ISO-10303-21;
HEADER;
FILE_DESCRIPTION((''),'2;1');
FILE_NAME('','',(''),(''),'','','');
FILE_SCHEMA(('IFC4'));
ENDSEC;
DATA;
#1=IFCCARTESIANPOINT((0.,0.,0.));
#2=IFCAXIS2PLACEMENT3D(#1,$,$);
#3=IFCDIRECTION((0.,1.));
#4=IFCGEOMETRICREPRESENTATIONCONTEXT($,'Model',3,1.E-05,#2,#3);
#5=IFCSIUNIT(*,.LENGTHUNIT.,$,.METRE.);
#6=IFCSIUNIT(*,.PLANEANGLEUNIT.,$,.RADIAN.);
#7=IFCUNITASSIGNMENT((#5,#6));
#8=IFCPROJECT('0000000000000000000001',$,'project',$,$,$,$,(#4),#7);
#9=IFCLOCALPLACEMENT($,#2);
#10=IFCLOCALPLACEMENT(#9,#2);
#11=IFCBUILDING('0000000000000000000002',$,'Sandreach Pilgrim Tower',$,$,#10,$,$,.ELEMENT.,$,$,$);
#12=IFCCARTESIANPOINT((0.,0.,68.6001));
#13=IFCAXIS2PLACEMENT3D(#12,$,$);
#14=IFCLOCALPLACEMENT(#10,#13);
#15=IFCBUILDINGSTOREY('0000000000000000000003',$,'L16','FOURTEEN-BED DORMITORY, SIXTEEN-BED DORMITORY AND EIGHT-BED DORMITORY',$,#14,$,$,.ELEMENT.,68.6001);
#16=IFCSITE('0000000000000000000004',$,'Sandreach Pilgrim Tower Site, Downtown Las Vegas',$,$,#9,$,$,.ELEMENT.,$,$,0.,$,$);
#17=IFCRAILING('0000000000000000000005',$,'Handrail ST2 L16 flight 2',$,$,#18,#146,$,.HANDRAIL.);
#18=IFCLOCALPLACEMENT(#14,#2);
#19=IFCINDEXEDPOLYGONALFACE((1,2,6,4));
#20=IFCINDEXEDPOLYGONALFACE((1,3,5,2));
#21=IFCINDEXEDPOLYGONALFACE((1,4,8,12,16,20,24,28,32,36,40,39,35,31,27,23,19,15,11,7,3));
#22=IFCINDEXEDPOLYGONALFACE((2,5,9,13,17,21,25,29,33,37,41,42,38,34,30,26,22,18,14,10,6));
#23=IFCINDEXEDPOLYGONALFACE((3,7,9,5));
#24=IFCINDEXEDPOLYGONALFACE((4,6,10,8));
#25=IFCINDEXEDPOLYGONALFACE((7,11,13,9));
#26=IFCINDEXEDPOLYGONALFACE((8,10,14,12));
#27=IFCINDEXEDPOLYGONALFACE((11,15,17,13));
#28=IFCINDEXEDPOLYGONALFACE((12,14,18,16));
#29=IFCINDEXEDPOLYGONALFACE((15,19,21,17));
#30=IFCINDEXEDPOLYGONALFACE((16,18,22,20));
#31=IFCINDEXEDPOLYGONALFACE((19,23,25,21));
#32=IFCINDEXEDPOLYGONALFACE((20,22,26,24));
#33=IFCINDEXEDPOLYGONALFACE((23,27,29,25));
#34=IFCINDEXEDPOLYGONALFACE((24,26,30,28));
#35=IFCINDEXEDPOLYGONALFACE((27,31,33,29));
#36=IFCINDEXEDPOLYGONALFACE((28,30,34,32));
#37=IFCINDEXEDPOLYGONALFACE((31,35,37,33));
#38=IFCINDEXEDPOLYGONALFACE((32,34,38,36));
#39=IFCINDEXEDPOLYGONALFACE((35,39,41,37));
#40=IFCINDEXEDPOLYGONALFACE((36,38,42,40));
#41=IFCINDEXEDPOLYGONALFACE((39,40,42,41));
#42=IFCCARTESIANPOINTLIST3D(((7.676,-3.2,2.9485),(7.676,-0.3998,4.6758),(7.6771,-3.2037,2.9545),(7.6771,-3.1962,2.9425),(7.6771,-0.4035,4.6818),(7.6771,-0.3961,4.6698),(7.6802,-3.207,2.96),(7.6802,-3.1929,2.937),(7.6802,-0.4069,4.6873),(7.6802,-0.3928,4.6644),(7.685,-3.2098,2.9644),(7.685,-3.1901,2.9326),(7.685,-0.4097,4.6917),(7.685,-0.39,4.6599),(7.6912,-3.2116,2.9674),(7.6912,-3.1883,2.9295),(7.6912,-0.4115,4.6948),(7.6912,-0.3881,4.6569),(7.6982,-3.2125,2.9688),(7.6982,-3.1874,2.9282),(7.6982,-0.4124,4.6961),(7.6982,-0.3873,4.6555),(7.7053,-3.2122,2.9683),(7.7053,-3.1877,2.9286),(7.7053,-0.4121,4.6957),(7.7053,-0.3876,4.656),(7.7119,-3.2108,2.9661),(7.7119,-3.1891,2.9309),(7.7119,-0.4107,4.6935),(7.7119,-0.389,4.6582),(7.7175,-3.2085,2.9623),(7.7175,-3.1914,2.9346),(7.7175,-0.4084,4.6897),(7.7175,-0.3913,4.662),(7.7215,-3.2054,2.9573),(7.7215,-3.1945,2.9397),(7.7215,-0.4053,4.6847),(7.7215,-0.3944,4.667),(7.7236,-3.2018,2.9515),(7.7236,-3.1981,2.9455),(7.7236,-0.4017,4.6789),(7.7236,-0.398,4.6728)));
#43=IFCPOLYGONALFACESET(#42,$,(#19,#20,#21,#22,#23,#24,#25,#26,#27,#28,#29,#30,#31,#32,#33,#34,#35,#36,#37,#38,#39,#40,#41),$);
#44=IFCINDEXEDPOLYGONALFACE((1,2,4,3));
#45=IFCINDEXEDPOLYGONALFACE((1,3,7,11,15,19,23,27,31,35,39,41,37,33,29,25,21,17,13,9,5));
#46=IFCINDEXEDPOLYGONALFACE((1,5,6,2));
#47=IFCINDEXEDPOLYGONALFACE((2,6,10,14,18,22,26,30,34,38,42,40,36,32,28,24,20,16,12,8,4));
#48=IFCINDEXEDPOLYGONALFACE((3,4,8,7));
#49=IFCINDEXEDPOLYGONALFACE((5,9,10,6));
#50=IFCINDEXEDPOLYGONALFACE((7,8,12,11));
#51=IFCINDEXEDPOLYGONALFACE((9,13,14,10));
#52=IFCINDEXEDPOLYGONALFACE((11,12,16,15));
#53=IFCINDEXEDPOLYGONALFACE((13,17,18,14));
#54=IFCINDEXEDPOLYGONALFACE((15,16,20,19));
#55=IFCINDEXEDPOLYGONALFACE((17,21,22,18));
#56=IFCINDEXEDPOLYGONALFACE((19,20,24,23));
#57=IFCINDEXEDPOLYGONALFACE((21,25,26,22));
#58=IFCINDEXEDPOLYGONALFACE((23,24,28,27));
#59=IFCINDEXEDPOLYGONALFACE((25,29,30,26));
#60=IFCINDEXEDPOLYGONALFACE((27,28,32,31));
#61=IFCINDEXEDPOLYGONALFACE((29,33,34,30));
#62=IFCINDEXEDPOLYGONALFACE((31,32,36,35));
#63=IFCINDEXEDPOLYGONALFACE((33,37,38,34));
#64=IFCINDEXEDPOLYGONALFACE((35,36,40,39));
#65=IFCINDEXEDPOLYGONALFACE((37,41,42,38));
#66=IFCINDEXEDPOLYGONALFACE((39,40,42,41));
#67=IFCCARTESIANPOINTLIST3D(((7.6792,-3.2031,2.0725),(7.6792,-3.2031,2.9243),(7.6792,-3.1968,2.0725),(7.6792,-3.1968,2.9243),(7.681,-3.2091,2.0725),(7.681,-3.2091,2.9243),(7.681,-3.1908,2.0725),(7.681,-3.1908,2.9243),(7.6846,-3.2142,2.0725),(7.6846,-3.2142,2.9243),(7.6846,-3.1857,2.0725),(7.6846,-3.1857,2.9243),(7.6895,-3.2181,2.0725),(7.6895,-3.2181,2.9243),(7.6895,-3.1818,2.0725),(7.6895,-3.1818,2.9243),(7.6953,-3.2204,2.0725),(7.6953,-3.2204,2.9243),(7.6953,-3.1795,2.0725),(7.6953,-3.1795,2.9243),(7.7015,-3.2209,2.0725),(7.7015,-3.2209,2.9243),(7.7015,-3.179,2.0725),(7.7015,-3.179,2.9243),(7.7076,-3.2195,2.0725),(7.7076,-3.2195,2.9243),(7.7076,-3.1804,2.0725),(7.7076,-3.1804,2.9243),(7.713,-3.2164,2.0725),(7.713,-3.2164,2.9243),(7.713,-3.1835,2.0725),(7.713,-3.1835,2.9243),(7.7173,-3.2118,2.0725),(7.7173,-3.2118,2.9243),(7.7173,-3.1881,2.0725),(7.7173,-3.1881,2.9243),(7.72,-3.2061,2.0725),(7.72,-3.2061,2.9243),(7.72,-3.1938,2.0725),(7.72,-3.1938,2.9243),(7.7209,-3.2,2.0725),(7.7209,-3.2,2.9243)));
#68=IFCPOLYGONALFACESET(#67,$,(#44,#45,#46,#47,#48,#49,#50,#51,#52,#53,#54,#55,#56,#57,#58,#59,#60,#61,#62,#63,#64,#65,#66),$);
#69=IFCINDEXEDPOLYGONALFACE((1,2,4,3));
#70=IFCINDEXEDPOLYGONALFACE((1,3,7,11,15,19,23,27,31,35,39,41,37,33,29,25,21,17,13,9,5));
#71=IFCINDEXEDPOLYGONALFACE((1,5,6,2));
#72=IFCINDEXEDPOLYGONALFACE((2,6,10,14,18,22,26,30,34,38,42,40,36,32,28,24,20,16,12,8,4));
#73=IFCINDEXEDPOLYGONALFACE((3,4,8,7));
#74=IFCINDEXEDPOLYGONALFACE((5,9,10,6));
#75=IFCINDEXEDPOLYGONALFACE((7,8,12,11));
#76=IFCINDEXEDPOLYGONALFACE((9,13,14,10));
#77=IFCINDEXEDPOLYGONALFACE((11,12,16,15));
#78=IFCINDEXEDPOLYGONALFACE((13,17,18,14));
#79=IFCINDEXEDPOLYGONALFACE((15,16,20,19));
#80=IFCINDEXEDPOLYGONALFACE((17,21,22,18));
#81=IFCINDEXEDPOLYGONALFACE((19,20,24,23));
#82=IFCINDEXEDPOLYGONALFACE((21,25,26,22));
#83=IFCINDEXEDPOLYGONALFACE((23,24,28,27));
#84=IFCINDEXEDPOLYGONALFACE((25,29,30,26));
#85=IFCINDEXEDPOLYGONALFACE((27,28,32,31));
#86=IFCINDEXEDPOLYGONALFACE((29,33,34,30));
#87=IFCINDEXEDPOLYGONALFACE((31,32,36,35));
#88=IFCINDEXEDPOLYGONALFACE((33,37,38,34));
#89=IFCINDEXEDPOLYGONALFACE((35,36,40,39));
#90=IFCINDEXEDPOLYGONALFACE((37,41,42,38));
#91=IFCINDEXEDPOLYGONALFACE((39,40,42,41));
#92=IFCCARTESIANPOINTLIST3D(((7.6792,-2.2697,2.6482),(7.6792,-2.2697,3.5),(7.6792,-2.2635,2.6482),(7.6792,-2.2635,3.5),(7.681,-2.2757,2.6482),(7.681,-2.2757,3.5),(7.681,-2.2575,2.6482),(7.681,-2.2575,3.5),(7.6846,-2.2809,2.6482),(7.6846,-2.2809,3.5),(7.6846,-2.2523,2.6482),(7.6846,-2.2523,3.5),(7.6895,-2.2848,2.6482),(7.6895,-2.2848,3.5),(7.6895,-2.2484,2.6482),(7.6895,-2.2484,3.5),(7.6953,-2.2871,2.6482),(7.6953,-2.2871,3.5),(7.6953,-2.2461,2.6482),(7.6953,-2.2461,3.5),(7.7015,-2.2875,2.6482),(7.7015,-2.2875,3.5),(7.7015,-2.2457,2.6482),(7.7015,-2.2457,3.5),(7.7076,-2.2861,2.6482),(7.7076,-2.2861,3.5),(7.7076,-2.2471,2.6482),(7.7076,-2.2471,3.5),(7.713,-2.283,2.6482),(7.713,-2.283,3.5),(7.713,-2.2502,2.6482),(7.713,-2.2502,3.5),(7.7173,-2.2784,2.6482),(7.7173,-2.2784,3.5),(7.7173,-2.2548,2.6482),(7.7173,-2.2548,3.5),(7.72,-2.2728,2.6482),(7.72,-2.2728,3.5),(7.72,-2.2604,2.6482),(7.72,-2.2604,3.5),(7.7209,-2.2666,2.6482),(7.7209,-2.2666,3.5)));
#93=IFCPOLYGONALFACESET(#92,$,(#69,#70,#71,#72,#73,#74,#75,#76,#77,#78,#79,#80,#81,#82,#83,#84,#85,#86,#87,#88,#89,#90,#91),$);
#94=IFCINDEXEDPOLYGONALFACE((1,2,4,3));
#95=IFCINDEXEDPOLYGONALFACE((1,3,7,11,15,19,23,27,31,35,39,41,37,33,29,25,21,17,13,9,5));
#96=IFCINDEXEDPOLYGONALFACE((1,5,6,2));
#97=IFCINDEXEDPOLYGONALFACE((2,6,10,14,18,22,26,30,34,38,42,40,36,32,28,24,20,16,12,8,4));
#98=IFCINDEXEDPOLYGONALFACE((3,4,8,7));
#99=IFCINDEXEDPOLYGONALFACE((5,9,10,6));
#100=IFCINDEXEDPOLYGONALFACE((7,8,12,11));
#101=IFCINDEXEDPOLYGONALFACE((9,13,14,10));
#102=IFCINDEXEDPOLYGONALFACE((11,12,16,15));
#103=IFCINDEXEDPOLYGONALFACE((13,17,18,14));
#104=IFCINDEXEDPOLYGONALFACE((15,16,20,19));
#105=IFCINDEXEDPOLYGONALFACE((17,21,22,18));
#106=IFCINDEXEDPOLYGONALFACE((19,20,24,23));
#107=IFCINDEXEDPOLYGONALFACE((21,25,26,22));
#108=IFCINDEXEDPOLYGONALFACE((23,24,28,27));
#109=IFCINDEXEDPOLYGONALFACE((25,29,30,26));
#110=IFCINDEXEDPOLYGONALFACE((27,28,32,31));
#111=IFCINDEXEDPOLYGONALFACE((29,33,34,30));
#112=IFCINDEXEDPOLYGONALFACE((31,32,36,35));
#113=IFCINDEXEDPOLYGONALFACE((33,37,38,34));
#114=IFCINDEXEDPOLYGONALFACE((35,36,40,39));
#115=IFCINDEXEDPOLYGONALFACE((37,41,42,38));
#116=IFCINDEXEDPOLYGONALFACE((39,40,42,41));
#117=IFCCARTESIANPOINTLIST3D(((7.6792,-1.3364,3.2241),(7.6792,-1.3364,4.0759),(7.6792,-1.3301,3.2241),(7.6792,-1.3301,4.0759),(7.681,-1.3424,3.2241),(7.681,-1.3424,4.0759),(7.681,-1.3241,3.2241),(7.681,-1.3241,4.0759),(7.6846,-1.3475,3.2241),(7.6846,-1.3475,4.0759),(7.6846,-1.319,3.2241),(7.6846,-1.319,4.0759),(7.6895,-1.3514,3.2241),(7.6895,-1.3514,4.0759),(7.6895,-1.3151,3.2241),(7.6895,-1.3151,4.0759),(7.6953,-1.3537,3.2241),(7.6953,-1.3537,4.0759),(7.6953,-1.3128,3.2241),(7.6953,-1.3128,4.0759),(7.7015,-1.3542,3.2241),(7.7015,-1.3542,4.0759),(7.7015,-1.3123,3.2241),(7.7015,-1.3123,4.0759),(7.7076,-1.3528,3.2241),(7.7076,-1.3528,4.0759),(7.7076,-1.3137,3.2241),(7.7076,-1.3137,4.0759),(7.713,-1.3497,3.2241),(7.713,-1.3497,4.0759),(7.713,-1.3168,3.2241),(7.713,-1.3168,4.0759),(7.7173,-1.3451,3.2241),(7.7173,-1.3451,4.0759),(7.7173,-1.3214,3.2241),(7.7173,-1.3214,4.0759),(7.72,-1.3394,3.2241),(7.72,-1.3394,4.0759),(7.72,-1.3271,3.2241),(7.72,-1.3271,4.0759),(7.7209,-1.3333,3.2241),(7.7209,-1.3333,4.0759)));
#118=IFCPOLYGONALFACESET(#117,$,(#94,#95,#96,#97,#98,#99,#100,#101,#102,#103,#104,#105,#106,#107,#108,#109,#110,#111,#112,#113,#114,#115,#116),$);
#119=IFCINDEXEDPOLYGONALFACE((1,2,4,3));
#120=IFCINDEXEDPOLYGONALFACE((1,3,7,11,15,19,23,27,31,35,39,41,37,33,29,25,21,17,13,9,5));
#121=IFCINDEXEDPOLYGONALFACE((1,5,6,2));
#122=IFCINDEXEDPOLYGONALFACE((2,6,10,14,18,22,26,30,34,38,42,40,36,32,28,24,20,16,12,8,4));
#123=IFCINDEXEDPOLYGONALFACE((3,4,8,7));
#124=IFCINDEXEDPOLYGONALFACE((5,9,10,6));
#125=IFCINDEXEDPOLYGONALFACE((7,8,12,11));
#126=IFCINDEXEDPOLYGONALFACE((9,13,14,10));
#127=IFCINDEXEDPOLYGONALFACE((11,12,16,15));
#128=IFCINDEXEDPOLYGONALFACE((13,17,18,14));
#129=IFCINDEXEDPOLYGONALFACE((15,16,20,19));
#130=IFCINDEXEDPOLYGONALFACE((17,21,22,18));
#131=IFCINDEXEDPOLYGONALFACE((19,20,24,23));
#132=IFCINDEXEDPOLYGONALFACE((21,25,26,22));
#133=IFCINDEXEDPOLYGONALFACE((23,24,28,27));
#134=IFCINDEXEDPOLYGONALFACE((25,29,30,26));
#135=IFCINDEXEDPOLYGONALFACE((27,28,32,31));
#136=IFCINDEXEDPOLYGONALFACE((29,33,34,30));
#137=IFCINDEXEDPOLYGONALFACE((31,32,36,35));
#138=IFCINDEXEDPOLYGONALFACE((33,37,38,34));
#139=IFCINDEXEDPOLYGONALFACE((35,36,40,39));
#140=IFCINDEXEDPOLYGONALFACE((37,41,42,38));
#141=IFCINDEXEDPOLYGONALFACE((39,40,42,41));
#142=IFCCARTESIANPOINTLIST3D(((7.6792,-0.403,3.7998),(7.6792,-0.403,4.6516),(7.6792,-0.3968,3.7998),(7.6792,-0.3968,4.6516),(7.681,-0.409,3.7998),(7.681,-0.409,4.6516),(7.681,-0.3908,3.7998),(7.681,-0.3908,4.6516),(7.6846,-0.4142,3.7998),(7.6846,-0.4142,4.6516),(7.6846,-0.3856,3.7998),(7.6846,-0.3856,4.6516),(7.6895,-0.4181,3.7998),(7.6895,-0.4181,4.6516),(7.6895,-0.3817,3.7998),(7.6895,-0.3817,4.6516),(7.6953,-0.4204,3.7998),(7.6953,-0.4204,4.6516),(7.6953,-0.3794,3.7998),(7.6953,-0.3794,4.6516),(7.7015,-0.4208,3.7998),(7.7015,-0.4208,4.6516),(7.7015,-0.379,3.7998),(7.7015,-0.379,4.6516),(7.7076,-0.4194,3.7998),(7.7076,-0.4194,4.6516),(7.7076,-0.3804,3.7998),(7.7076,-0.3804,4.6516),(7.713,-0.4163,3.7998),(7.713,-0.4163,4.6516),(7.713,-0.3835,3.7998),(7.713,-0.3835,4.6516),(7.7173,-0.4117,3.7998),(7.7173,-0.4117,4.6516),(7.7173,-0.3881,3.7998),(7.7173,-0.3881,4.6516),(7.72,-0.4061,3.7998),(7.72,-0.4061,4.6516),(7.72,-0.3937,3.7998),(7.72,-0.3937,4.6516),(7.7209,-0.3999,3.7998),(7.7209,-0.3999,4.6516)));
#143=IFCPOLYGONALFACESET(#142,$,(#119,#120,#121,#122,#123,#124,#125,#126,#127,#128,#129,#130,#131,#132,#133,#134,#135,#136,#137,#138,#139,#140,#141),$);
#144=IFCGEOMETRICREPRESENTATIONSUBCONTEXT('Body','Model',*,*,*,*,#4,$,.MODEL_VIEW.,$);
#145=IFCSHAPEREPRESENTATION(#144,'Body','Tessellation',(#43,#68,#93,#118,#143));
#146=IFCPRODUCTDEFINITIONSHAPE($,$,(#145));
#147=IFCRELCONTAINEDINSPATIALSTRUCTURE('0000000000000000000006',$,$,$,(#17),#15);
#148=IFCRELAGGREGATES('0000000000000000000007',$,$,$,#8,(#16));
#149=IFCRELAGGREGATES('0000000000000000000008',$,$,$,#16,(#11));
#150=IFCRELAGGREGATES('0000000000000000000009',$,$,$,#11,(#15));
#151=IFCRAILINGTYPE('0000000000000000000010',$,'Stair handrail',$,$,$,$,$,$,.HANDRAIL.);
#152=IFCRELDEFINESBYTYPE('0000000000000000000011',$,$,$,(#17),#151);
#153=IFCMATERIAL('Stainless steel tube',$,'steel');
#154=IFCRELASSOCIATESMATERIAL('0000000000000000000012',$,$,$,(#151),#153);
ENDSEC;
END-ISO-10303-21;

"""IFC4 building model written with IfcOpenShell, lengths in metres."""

from ifc_helpers import new_model, si_unit, direction, frame, origin, origin_2d, place, context, subcontext, project, spatial, circle, extrude, material, type_object, element, save


model = new_model("IFC4")

# Units and contexts
model_context = context("Model", 3, precision=1e-05, world=origin(), true_north=direction((0.0, 1.0)))
body_context = subcontext(model_context, "Body", "Model", "MODEL_VIEW")
ifc_project = project(units=[si_unit("LENGTHUNIT", "METRE"), si_unit("PLANEANGLEUNIT", "RADIAN")], contexts=[model_context])

# Site, building, storey
site_placement = place(None, origin())
site = spatial("IfcSite", under=ifc_project, at=site_placement, Name="Sandreach Pilgrim Tower Site, Downtown Las Vegas", CompositionType="ELEMENT", RefElevation=0.0)
building_placement = place(site_placement, origin())
building = spatial("IfcBuilding", under=site, at=building_placement, Name="Sandreach Pilgrim Tower", CompositionType="ELEMENT")
storey_placement = place(building_placement, frame((0.0, 0.0, 68.6001)))
storey = spatial("IfcBuildingStorey", under=building, at=storey_placement, Name="L16", Description="FOURTEEN-BED DORMITORY, SIXTEEN-BED DORMITORY AND EIGHT-BED DORMITORY", CompositionType="ELEMENT", Elevation=68.6001)

# Railing
ifc_material_1 = material(Name="Stainless steel tube", Category="steel")
railing_type = type_object("IfcRailingType", Name="Stair handrail", PredefinedType="HANDRAIL", material=ifc_material_1)
for number, where, name in (
    (1, (7.7, -3.2, 2.0725), "Handrail ST2 L16 flight 2"),
):
    element("IfcRailing", number, at=place(storey_placement, frame(where)), inside=storey, type_object=railing_type, Name=name, PredefinedType="HANDRAIL", context=body_context, shape_type="SweptSolid", body=[
        extrude(circle(Radius=0.0239, at=origin_2d()), frame((0.0, 0.0, 0.876), z_axis=(0.0, 0.85109, 0.52502), x_axis=(-1.0, 0.0, 0.0)), (0.0, 0.0, 1.0), 3.29),
        extrude(circle(Radius=0.021, at=origin_2d()), origin(), (0.0, 0.0, 1.0), 0.8518),
        extrude(circle(Radius=0.021, at=origin_2d()), frame((0.0, 0.9333, 0.5757)), (0.0, 0.0, 1.0), 0.8518),
        extrude(circle(Radius=0.021, at=origin_2d()), frame((0.0, 1.8667, 1.1516)), (0.0, 0.0, 1.0), 0.8518),
        extrude(circle(Radius=0.021, at=origin_2d()), frame((0.0, 2.8, 1.7273)), (0.0, 0.0, 1.0), 0.8518),
    ])

save(model, "model.ifc")
